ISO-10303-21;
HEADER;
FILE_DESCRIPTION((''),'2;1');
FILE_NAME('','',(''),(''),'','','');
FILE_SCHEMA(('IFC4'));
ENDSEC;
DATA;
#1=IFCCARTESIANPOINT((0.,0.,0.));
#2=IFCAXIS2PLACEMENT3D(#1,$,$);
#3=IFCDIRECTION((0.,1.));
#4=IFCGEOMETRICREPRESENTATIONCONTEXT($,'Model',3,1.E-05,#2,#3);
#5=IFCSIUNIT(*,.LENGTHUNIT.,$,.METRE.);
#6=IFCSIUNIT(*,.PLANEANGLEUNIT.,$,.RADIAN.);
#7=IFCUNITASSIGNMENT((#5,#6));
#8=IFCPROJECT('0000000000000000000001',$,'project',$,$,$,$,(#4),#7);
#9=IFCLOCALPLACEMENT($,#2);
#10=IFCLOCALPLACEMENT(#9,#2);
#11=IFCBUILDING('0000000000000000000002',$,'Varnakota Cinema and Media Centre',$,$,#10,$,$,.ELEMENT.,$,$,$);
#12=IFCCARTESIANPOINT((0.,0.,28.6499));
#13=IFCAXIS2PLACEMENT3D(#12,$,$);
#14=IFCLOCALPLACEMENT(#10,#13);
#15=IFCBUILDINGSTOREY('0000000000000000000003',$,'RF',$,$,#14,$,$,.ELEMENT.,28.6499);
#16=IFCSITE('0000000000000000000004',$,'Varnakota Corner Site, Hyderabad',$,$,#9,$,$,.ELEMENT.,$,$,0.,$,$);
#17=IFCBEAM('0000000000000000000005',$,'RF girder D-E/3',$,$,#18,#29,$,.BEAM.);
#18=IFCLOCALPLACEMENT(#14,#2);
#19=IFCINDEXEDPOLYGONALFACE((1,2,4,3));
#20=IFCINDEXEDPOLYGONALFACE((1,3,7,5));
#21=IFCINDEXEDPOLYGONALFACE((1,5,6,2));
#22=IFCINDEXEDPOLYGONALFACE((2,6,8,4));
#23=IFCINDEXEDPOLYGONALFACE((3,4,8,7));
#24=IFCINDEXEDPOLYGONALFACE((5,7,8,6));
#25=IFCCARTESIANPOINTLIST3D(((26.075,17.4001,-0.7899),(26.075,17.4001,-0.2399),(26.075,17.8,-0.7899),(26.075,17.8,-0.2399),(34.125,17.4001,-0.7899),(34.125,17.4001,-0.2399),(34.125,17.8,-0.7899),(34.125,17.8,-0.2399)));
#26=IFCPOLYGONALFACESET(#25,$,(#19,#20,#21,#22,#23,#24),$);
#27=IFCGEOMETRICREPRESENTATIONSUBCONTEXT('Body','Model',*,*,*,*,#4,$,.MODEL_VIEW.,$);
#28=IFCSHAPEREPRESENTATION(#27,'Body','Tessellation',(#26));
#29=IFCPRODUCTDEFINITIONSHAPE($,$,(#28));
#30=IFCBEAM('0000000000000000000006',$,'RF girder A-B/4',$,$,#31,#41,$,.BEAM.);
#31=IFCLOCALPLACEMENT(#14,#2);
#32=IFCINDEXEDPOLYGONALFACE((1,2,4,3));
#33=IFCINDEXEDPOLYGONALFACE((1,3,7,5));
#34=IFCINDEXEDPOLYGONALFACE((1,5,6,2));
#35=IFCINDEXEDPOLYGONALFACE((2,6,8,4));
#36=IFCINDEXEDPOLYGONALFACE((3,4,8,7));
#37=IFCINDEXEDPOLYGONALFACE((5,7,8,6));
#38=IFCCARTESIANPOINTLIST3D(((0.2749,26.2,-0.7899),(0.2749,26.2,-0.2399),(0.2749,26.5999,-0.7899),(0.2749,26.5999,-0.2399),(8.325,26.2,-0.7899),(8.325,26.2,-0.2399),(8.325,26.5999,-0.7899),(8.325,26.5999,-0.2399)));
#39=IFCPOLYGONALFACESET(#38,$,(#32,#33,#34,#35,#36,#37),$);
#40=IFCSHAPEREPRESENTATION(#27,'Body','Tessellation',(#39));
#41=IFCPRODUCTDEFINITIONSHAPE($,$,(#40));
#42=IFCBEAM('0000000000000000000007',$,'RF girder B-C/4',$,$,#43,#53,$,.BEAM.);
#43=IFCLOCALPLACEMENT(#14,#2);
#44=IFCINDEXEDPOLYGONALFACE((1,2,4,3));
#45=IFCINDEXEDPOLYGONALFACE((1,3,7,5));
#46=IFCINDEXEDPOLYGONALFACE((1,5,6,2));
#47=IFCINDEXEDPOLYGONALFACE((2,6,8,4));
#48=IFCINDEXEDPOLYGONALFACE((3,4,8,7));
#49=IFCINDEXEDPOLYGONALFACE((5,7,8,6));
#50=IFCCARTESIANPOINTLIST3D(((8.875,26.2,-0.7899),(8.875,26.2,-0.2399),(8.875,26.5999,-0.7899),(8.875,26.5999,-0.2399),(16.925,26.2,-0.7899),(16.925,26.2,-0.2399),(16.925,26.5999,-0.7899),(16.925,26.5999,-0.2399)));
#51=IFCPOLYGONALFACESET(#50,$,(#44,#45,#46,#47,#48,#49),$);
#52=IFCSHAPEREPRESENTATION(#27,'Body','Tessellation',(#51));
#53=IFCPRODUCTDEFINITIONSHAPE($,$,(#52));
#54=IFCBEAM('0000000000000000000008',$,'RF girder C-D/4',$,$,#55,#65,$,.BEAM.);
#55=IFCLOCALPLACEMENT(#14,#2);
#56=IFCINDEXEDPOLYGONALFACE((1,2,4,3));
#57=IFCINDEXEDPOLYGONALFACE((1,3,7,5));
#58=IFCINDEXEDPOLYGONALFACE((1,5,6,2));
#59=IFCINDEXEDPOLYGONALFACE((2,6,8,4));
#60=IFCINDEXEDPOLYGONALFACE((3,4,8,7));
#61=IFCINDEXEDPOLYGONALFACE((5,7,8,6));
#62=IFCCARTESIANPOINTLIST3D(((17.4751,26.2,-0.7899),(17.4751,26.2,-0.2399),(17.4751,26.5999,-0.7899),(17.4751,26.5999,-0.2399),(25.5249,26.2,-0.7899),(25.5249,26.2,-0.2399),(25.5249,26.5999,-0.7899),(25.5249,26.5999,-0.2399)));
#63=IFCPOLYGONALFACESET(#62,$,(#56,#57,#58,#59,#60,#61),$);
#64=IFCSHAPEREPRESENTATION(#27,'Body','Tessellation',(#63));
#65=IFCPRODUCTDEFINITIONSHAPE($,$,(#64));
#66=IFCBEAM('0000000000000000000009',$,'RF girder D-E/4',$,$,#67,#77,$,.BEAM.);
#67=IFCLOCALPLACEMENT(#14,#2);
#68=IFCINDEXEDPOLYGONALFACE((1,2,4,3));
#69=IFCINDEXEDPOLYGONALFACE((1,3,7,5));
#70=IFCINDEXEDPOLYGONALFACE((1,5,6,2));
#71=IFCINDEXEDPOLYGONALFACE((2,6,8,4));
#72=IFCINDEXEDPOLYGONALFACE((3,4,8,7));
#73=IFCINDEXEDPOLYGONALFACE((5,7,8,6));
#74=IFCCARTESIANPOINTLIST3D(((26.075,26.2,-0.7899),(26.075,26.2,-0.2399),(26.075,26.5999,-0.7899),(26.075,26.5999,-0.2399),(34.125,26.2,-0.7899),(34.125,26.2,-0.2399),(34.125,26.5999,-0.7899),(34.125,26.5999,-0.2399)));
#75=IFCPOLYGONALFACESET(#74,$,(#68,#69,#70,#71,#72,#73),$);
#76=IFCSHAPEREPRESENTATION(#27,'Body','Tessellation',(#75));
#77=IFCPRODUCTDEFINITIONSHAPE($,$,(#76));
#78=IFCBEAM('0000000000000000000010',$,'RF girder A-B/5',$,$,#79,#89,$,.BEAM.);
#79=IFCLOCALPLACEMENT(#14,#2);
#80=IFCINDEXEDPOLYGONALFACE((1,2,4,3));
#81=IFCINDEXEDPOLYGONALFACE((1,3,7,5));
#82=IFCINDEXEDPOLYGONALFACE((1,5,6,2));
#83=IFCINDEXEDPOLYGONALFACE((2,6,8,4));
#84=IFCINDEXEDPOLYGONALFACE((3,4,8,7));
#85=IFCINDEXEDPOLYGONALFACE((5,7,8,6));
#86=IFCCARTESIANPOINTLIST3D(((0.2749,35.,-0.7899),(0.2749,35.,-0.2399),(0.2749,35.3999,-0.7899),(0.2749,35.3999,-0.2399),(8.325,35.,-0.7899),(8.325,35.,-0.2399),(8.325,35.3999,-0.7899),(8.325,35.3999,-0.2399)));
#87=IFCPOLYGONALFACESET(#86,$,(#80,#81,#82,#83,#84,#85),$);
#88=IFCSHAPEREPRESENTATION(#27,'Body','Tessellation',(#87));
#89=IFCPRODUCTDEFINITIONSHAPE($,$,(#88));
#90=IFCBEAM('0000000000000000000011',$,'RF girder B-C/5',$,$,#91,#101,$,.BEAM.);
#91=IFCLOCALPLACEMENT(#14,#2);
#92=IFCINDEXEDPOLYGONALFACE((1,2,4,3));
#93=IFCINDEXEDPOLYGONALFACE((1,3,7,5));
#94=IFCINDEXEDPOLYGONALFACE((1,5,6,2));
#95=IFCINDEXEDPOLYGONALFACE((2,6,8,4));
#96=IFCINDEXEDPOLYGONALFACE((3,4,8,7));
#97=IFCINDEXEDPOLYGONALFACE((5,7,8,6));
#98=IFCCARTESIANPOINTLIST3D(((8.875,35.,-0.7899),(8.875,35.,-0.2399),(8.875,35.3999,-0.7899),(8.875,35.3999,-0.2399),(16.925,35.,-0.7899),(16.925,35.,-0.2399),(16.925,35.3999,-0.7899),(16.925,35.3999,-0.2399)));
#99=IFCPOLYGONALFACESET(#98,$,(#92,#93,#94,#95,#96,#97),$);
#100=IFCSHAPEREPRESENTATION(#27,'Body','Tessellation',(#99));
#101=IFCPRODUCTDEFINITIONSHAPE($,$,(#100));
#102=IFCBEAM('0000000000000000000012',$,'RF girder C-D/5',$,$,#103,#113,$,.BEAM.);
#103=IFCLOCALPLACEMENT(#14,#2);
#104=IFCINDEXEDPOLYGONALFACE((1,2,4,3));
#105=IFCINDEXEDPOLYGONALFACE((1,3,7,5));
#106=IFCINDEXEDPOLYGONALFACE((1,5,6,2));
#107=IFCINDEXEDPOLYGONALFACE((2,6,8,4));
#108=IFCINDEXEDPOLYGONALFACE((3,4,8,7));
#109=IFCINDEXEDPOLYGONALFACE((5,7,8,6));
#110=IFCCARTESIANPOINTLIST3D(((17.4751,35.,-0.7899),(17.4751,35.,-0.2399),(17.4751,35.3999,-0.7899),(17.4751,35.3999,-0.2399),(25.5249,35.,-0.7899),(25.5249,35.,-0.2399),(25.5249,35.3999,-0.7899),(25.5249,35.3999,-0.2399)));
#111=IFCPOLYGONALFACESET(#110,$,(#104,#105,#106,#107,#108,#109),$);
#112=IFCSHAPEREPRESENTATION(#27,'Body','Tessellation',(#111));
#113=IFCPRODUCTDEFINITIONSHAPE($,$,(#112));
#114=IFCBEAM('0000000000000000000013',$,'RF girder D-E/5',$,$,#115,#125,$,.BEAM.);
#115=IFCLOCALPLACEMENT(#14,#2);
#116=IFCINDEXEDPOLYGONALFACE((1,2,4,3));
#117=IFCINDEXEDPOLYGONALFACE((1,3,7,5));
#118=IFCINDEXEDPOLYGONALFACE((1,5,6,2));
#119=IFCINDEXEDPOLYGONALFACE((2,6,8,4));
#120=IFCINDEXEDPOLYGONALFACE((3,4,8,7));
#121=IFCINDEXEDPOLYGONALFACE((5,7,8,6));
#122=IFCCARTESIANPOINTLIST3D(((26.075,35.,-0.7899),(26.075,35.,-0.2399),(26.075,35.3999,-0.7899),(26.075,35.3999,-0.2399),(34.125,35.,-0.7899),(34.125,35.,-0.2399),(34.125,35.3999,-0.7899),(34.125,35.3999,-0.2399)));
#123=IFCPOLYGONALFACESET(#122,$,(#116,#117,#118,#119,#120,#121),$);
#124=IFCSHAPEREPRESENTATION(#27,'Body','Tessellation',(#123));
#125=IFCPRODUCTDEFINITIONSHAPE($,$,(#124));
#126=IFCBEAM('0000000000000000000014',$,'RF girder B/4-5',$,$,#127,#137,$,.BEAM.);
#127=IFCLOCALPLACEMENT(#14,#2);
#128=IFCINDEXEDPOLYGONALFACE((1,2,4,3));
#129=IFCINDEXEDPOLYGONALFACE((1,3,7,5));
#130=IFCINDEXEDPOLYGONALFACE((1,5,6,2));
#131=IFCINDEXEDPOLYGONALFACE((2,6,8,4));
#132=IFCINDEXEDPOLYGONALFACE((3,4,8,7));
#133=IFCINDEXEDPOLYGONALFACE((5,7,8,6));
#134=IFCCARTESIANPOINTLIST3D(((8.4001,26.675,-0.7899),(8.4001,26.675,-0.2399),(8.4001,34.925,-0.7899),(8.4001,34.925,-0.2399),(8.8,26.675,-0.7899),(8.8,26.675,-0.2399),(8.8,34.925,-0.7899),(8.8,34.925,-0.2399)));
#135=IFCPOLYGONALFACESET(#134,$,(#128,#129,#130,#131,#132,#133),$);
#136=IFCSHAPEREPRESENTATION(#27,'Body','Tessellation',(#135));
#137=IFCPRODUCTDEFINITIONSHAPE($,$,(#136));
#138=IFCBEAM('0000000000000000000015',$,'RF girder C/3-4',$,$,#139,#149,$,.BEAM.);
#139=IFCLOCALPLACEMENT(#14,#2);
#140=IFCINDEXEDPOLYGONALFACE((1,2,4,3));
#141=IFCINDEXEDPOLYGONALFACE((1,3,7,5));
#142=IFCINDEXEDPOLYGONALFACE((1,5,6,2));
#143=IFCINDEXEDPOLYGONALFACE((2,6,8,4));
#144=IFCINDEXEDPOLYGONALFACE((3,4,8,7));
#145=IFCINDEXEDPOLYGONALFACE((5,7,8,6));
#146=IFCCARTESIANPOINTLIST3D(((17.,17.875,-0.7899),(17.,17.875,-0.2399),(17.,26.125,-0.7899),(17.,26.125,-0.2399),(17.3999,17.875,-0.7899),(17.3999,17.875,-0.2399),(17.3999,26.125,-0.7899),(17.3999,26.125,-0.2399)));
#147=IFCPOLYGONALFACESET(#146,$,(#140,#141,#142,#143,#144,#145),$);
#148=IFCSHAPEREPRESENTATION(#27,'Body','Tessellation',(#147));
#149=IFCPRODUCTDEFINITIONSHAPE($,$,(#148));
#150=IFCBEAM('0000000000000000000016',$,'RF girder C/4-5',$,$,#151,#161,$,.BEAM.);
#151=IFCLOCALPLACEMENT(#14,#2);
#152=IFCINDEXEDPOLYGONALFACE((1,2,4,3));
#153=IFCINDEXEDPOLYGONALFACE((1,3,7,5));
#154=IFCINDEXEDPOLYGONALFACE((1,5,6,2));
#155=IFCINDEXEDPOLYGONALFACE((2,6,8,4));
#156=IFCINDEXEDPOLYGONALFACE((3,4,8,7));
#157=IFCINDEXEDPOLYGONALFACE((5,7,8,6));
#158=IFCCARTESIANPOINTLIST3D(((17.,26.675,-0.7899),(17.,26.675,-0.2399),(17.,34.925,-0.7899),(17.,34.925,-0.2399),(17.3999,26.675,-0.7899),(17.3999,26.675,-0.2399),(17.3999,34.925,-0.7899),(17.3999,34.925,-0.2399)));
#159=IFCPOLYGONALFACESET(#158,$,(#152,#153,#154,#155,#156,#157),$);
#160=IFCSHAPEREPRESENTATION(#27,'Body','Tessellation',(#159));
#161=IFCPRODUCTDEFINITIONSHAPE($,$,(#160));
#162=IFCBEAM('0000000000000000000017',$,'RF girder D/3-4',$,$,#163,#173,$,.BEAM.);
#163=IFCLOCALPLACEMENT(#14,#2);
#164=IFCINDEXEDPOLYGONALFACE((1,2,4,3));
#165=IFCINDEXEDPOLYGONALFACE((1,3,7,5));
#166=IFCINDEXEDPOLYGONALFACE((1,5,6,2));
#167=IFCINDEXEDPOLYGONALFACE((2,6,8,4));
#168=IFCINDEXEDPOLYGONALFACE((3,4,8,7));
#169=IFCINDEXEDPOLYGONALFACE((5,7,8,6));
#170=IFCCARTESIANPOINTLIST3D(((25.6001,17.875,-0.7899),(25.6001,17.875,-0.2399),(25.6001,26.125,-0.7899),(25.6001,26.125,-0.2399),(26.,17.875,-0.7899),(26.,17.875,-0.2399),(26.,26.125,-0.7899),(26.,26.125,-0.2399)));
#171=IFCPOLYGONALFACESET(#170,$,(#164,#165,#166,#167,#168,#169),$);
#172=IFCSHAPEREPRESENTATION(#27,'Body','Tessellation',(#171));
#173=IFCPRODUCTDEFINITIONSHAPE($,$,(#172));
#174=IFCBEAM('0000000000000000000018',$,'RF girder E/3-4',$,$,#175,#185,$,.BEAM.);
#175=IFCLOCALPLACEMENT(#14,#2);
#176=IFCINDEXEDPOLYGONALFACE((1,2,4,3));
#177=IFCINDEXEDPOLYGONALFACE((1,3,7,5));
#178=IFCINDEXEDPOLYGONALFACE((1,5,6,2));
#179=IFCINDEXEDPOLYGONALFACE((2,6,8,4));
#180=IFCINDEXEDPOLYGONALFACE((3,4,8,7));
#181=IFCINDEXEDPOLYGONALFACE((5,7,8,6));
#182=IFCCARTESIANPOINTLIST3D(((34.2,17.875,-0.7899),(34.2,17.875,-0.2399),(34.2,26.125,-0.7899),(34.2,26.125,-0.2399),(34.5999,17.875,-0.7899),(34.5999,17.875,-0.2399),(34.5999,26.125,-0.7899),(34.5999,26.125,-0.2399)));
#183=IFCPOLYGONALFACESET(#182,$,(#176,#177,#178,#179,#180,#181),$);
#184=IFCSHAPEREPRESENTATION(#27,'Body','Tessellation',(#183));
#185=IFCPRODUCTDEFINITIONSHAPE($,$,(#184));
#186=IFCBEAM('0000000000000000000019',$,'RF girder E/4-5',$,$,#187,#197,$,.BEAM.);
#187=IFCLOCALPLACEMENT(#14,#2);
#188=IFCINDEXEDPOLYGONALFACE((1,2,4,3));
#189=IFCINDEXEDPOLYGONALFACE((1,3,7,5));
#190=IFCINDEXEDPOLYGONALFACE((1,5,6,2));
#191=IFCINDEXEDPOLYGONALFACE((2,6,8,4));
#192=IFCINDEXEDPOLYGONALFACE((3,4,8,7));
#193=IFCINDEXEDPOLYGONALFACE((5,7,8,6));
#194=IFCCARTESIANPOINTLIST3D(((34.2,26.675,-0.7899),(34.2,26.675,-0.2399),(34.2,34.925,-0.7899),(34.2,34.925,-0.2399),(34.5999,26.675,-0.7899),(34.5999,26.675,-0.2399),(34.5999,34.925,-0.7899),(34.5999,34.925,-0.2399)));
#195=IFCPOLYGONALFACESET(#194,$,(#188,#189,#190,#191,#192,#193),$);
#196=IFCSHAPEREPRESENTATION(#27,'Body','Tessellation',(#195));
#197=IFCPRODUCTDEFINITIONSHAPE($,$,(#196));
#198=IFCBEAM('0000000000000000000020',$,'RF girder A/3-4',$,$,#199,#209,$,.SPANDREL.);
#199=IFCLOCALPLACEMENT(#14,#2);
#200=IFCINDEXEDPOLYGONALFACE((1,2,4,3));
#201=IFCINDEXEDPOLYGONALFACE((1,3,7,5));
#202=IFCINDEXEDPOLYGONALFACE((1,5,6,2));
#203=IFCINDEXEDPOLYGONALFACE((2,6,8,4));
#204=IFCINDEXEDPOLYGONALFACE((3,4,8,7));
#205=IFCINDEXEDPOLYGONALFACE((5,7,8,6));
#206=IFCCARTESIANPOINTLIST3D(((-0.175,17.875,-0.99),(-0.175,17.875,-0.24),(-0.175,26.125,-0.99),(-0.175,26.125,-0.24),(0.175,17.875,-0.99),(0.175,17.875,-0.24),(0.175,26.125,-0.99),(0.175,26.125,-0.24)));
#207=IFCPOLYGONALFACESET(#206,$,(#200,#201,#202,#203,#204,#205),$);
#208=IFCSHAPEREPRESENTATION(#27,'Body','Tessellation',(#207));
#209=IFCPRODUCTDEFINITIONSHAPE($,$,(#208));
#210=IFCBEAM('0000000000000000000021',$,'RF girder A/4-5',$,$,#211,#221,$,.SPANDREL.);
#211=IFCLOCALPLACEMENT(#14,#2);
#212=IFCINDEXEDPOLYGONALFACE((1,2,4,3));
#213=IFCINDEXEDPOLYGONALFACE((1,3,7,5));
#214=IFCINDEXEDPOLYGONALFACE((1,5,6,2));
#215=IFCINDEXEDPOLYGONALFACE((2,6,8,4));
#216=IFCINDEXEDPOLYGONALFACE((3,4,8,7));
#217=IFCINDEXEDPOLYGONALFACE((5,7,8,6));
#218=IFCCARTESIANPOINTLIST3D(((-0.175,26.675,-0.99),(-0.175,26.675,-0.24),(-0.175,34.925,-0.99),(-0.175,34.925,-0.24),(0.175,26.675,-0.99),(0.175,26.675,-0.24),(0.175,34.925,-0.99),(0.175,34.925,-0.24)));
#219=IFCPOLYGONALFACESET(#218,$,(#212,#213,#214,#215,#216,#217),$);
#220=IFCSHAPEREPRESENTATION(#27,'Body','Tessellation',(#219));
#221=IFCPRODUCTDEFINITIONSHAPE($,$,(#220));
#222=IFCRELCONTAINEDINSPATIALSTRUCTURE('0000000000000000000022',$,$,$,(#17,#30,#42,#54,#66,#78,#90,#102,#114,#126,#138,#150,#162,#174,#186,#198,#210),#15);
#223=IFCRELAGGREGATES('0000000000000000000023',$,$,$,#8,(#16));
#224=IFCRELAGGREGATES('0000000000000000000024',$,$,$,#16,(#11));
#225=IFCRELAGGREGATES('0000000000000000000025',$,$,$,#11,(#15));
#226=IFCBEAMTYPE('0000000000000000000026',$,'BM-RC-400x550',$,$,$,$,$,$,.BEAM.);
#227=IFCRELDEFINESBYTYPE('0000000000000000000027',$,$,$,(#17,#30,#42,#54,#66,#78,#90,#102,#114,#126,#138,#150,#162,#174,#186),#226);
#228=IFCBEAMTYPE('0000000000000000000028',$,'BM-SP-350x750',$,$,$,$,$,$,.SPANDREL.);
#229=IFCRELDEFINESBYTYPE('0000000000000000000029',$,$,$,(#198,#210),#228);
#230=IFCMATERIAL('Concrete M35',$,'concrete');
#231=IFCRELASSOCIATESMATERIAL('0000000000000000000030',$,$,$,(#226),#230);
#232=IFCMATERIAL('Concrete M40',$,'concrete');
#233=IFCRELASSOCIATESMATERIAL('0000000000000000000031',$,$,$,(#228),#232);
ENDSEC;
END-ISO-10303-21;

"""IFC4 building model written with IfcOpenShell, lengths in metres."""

from ifc_helpers import new_model, si_unit, direction, frame, origin, origin_2d, place, context, subcontext, project, spatial, rectangle, extrude, material, material_profile, profile_set, type_object, element, save


model = new_model("IFC4")

# Units and contexts
model_context = context("Model", 3, precision=1e-05, world=origin(), true_north=direction((0.0, 1.0)))
body_context = subcontext(model_context, "Body", "Model", "MODEL_VIEW")
ifc_project = project(units=[si_unit("LENGTHUNIT", "METRE"), si_unit("PLANEANGLEUNIT", "RADIAN")], contexts=[model_context])

# Site, building, storey
site_placement = place(None, origin())
site = spatial("IfcSite", under=ifc_project, at=site_placement, Name="Varnakota Corner Site, Hyderabad", CompositionType="ELEMENT", RefElevation=0.0)
building_placement = place(site_placement, origin())
building = spatial("IfcBuilding", under=site, at=building_placement, Name="Varnakota Cinema and Media Centre", CompositionType="ELEMENT")
storey_placement = place(building_placement, frame((0.0, 0.0, 28.6499)))
storey = spatial("IfcBuildingStorey", under=building, at=storey_placement, Name="RF", CompositionType="ELEMENT", Elevation=28.6499)

# Beams
ifc_material_1 = material(Name="Concrete M35", Category="concrete")
ifc_material_profile_1 = material_profile(ifc_material_1, rectangle(XDim=0.3999, YDim=0.55, at=origin_2d()), Name="RCB 400x550")
ifc_profile_set_1 = profile_set([ifc_material_profile_1], Name="Concrete M35")
beam_type_1 = type_object("IfcBeamType", Name="BM-RC-400x550", PredefinedType="BEAM", material=ifc_profile_set_1)
for number, where, z_axis, x_axis, name in (
    (1, (26.075, 17.6001, -0.5149), (1.0, 0.0, 0.0), (0.0, 1.0, 0.0), "RF girder D-E/3"),
    (2, (0.2749, 26.3999, -0.5149), (1.0, 0.0, 0.0), (0.0, 1.0, 0.0), "RF girder A-B/4"),
    (3, (8.875, 26.3999, -0.5149), (1.0, 0.0, 0.0), (0.0, 1.0, 0.0), "RF girder B-C/4"),
):
    element("IfcBeam", number, at=place(storey_placement, frame(where, z_axis=z_axis, x_axis=x_axis)), inside=storey, type_object=beam_type_1, Name=name, PredefinedType="BEAM", context=body_context, shape_type="SweptSolid", body=[
        extrude(rectangle(XDim=0.3999, YDim=0.55, at=origin_2d()), origin(), (0.0, 0.0, 1.0), 8.05),
    ])
beam_1_placement = place(storey_placement, frame((17.4751, 26.3999, -0.5149), z_axis=(1.0, 0.0, 0.0), x_axis=(0.0, 1.0, 0.0)))
element("IfcBeam", 4, at=beam_1_placement, inside=storey, type_object=beam_type_1, Name="RF girder C-D/4", PredefinedType="BEAM", context=body_context, shape_type="SweptSolid", body=[
    extrude(rectangle(XDim=0.3999, YDim=0.55, at=origin_2d()), origin(), (0.0, 0.0, 1.0), 8.0498),
])
for number, where, z_axis, x_axis, name in (
    (5, (26.075, 26.3999, -0.5149), (1.0, 0.0, 0.0), (0.0, 1.0, 0.0), "RF girder D-E/4"),
    (6, (0.2749, 35.2, -0.5149), (1.0, 0.0, 0.0), (0.0, 1.0, 0.0), "RF girder A-B/5"),
    (7, (8.875, 35.2, -0.5149), (1.0, 0.0, 0.0), (0.0, 1.0, 0.0), "RF girder B-C/5"),
):
    element("IfcBeam", number, at=place(storey_placement, frame(where, z_axis=z_axis, x_axis=x_axis)), inside=storey, type_object=beam_type_1, Name=name, PredefinedType="BEAM", context=body_context, shape_type="SweptSolid", body=[
        extrude(rectangle(XDim=0.3999, YDim=0.55, at=origin_2d()), origin(), (0.0, 0.0, 1.0), 8.05),
    ])
beam_2_placement = place(storey_placement, frame((17.4751, 35.2, -0.5149), z_axis=(1.0, 0.0, 0.0), x_axis=(0.0, 1.0, 0.0)))
element("IfcBeam", 8, at=beam_2_placement, inside=storey, type_object=beam_type_1, Name="RF girder C-D/5", PredefinedType="BEAM", context=body_context, shape_type="SweptSolid", body=[
    extrude(rectangle(XDim=0.3999, YDim=0.55, at=origin_2d()), origin(), (0.0, 0.0, 1.0), 8.0498),
])
beam_3_placement = place(storey_placement, frame((26.075, 35.2, -0.5149), z_axis=(1.0, 0.0, 0.0), x_axis=(0.0, 1.0, 0.0)))
element("IfcBeam", 9, at=beam_3_placement, inside=storey, type_object=beam_type_1, Name="RF girder D-E/5", PredefinedType="BEAM", context=body_context, shape_type="SweptSolid", body=[
    extrude(rectangle(XDim=0.3999, YDim=0.55, at=origin_2d()), origin(), (0.0, 0.0, 1.0), 8.05),
])
for number, where, z_axis, x_axis, name in (
    (10, (8.6001, 26.675, -0.5149), (0.0, 1.0, 0.0), (-1.0, 0.0, 0.0), "RF girder B/4-5"),
    (11, (17.2, 17.875, -0.5149), (0.0, 1.0, 0.0), (-1.0, 0.0, 0.0), "RF girder C/3-4"),
    (12, (17.2, 26.675, -0.5149), (0.0, 1.0, 0.0), (-1.0, 0.0, 0.0), "RF girder C/4-5"),
    (13, (25.8, 17.875, -0.5149), (0.0, 1.0, 0.0), (-1.0, 0.0, 0.0), "RF girder D/3-4"),
    (14, (34.3999, 17.875, -0.5149), (0.0, 1.0, 0.0), (-1.0, 0.0, 0.0), "RF girder E/3-4"),
    (15, (34.3999, 26.675, -0.5149), (0.0, 1.0, 0.0), (-1.0, 0.0, 0.0), "RF girder E/4-5"),
):
    element("IfcBeam", number, at=place(storey_placement, frame(where, z_axis=z_axis, x_axis=x_axis)), inside=storey, type_object=beam_type_1, Name=name, PredefinedType="BEAM", context=body_context, shape_type="SweptSolid", body=[
        extrude(rectangle(XDim=0.3999, YDim=0.55, at=origin_2d()), origin(), (0.0, 0.0, 1.0), 8.25),
    ])
ifc_material_2 = material(Name="Concrete M40", Category="concrete")
ifc_material_profile_2 = material_profile(ifc_material_2, rectangle(XDim=0.3501, YDim=0.75, at=origin_2d()), Name="RCB 350x750")
ifc_profile_set_2 = profile_set([ifc_material_profile_2], Name="Concrete M40")
beam_type_2 = type_object("IfcBeamType", Name="BM-SP-350x750", PredefinedType="SPANDREL", material=ifc_profile_set_2)
for number, where, z_axis, x_axis, name in (
    (16, (0.0, 17.875, -0.615), (0.0, 1.0, 0.0), (-1.0, 0.0, 0.0), "RF girder A/3-4"),
    (17, (0.0, 26.675, -0.615), (0.0, 1.0, 0.0), (-1.0, 0.0, 0.0), "RF girder A/4-5"),
):
    element("IfcBeam", number, at=place(storey_placement, frame(where, z_axis=z_axis, x_axis=x_axis)), inside=storey, type_object=beam_type_2, Name=name, PredefinedType="SPANDREL", context=body_context, shape_type="SweptSolid", body=[
        extrude(rectangle(XDim=0.3501, YDim=0.75, at=origin_2d()), origin(), (0.0, 0.0, 1.0), 8.25),
    ])

save(model, "model.ifc")
